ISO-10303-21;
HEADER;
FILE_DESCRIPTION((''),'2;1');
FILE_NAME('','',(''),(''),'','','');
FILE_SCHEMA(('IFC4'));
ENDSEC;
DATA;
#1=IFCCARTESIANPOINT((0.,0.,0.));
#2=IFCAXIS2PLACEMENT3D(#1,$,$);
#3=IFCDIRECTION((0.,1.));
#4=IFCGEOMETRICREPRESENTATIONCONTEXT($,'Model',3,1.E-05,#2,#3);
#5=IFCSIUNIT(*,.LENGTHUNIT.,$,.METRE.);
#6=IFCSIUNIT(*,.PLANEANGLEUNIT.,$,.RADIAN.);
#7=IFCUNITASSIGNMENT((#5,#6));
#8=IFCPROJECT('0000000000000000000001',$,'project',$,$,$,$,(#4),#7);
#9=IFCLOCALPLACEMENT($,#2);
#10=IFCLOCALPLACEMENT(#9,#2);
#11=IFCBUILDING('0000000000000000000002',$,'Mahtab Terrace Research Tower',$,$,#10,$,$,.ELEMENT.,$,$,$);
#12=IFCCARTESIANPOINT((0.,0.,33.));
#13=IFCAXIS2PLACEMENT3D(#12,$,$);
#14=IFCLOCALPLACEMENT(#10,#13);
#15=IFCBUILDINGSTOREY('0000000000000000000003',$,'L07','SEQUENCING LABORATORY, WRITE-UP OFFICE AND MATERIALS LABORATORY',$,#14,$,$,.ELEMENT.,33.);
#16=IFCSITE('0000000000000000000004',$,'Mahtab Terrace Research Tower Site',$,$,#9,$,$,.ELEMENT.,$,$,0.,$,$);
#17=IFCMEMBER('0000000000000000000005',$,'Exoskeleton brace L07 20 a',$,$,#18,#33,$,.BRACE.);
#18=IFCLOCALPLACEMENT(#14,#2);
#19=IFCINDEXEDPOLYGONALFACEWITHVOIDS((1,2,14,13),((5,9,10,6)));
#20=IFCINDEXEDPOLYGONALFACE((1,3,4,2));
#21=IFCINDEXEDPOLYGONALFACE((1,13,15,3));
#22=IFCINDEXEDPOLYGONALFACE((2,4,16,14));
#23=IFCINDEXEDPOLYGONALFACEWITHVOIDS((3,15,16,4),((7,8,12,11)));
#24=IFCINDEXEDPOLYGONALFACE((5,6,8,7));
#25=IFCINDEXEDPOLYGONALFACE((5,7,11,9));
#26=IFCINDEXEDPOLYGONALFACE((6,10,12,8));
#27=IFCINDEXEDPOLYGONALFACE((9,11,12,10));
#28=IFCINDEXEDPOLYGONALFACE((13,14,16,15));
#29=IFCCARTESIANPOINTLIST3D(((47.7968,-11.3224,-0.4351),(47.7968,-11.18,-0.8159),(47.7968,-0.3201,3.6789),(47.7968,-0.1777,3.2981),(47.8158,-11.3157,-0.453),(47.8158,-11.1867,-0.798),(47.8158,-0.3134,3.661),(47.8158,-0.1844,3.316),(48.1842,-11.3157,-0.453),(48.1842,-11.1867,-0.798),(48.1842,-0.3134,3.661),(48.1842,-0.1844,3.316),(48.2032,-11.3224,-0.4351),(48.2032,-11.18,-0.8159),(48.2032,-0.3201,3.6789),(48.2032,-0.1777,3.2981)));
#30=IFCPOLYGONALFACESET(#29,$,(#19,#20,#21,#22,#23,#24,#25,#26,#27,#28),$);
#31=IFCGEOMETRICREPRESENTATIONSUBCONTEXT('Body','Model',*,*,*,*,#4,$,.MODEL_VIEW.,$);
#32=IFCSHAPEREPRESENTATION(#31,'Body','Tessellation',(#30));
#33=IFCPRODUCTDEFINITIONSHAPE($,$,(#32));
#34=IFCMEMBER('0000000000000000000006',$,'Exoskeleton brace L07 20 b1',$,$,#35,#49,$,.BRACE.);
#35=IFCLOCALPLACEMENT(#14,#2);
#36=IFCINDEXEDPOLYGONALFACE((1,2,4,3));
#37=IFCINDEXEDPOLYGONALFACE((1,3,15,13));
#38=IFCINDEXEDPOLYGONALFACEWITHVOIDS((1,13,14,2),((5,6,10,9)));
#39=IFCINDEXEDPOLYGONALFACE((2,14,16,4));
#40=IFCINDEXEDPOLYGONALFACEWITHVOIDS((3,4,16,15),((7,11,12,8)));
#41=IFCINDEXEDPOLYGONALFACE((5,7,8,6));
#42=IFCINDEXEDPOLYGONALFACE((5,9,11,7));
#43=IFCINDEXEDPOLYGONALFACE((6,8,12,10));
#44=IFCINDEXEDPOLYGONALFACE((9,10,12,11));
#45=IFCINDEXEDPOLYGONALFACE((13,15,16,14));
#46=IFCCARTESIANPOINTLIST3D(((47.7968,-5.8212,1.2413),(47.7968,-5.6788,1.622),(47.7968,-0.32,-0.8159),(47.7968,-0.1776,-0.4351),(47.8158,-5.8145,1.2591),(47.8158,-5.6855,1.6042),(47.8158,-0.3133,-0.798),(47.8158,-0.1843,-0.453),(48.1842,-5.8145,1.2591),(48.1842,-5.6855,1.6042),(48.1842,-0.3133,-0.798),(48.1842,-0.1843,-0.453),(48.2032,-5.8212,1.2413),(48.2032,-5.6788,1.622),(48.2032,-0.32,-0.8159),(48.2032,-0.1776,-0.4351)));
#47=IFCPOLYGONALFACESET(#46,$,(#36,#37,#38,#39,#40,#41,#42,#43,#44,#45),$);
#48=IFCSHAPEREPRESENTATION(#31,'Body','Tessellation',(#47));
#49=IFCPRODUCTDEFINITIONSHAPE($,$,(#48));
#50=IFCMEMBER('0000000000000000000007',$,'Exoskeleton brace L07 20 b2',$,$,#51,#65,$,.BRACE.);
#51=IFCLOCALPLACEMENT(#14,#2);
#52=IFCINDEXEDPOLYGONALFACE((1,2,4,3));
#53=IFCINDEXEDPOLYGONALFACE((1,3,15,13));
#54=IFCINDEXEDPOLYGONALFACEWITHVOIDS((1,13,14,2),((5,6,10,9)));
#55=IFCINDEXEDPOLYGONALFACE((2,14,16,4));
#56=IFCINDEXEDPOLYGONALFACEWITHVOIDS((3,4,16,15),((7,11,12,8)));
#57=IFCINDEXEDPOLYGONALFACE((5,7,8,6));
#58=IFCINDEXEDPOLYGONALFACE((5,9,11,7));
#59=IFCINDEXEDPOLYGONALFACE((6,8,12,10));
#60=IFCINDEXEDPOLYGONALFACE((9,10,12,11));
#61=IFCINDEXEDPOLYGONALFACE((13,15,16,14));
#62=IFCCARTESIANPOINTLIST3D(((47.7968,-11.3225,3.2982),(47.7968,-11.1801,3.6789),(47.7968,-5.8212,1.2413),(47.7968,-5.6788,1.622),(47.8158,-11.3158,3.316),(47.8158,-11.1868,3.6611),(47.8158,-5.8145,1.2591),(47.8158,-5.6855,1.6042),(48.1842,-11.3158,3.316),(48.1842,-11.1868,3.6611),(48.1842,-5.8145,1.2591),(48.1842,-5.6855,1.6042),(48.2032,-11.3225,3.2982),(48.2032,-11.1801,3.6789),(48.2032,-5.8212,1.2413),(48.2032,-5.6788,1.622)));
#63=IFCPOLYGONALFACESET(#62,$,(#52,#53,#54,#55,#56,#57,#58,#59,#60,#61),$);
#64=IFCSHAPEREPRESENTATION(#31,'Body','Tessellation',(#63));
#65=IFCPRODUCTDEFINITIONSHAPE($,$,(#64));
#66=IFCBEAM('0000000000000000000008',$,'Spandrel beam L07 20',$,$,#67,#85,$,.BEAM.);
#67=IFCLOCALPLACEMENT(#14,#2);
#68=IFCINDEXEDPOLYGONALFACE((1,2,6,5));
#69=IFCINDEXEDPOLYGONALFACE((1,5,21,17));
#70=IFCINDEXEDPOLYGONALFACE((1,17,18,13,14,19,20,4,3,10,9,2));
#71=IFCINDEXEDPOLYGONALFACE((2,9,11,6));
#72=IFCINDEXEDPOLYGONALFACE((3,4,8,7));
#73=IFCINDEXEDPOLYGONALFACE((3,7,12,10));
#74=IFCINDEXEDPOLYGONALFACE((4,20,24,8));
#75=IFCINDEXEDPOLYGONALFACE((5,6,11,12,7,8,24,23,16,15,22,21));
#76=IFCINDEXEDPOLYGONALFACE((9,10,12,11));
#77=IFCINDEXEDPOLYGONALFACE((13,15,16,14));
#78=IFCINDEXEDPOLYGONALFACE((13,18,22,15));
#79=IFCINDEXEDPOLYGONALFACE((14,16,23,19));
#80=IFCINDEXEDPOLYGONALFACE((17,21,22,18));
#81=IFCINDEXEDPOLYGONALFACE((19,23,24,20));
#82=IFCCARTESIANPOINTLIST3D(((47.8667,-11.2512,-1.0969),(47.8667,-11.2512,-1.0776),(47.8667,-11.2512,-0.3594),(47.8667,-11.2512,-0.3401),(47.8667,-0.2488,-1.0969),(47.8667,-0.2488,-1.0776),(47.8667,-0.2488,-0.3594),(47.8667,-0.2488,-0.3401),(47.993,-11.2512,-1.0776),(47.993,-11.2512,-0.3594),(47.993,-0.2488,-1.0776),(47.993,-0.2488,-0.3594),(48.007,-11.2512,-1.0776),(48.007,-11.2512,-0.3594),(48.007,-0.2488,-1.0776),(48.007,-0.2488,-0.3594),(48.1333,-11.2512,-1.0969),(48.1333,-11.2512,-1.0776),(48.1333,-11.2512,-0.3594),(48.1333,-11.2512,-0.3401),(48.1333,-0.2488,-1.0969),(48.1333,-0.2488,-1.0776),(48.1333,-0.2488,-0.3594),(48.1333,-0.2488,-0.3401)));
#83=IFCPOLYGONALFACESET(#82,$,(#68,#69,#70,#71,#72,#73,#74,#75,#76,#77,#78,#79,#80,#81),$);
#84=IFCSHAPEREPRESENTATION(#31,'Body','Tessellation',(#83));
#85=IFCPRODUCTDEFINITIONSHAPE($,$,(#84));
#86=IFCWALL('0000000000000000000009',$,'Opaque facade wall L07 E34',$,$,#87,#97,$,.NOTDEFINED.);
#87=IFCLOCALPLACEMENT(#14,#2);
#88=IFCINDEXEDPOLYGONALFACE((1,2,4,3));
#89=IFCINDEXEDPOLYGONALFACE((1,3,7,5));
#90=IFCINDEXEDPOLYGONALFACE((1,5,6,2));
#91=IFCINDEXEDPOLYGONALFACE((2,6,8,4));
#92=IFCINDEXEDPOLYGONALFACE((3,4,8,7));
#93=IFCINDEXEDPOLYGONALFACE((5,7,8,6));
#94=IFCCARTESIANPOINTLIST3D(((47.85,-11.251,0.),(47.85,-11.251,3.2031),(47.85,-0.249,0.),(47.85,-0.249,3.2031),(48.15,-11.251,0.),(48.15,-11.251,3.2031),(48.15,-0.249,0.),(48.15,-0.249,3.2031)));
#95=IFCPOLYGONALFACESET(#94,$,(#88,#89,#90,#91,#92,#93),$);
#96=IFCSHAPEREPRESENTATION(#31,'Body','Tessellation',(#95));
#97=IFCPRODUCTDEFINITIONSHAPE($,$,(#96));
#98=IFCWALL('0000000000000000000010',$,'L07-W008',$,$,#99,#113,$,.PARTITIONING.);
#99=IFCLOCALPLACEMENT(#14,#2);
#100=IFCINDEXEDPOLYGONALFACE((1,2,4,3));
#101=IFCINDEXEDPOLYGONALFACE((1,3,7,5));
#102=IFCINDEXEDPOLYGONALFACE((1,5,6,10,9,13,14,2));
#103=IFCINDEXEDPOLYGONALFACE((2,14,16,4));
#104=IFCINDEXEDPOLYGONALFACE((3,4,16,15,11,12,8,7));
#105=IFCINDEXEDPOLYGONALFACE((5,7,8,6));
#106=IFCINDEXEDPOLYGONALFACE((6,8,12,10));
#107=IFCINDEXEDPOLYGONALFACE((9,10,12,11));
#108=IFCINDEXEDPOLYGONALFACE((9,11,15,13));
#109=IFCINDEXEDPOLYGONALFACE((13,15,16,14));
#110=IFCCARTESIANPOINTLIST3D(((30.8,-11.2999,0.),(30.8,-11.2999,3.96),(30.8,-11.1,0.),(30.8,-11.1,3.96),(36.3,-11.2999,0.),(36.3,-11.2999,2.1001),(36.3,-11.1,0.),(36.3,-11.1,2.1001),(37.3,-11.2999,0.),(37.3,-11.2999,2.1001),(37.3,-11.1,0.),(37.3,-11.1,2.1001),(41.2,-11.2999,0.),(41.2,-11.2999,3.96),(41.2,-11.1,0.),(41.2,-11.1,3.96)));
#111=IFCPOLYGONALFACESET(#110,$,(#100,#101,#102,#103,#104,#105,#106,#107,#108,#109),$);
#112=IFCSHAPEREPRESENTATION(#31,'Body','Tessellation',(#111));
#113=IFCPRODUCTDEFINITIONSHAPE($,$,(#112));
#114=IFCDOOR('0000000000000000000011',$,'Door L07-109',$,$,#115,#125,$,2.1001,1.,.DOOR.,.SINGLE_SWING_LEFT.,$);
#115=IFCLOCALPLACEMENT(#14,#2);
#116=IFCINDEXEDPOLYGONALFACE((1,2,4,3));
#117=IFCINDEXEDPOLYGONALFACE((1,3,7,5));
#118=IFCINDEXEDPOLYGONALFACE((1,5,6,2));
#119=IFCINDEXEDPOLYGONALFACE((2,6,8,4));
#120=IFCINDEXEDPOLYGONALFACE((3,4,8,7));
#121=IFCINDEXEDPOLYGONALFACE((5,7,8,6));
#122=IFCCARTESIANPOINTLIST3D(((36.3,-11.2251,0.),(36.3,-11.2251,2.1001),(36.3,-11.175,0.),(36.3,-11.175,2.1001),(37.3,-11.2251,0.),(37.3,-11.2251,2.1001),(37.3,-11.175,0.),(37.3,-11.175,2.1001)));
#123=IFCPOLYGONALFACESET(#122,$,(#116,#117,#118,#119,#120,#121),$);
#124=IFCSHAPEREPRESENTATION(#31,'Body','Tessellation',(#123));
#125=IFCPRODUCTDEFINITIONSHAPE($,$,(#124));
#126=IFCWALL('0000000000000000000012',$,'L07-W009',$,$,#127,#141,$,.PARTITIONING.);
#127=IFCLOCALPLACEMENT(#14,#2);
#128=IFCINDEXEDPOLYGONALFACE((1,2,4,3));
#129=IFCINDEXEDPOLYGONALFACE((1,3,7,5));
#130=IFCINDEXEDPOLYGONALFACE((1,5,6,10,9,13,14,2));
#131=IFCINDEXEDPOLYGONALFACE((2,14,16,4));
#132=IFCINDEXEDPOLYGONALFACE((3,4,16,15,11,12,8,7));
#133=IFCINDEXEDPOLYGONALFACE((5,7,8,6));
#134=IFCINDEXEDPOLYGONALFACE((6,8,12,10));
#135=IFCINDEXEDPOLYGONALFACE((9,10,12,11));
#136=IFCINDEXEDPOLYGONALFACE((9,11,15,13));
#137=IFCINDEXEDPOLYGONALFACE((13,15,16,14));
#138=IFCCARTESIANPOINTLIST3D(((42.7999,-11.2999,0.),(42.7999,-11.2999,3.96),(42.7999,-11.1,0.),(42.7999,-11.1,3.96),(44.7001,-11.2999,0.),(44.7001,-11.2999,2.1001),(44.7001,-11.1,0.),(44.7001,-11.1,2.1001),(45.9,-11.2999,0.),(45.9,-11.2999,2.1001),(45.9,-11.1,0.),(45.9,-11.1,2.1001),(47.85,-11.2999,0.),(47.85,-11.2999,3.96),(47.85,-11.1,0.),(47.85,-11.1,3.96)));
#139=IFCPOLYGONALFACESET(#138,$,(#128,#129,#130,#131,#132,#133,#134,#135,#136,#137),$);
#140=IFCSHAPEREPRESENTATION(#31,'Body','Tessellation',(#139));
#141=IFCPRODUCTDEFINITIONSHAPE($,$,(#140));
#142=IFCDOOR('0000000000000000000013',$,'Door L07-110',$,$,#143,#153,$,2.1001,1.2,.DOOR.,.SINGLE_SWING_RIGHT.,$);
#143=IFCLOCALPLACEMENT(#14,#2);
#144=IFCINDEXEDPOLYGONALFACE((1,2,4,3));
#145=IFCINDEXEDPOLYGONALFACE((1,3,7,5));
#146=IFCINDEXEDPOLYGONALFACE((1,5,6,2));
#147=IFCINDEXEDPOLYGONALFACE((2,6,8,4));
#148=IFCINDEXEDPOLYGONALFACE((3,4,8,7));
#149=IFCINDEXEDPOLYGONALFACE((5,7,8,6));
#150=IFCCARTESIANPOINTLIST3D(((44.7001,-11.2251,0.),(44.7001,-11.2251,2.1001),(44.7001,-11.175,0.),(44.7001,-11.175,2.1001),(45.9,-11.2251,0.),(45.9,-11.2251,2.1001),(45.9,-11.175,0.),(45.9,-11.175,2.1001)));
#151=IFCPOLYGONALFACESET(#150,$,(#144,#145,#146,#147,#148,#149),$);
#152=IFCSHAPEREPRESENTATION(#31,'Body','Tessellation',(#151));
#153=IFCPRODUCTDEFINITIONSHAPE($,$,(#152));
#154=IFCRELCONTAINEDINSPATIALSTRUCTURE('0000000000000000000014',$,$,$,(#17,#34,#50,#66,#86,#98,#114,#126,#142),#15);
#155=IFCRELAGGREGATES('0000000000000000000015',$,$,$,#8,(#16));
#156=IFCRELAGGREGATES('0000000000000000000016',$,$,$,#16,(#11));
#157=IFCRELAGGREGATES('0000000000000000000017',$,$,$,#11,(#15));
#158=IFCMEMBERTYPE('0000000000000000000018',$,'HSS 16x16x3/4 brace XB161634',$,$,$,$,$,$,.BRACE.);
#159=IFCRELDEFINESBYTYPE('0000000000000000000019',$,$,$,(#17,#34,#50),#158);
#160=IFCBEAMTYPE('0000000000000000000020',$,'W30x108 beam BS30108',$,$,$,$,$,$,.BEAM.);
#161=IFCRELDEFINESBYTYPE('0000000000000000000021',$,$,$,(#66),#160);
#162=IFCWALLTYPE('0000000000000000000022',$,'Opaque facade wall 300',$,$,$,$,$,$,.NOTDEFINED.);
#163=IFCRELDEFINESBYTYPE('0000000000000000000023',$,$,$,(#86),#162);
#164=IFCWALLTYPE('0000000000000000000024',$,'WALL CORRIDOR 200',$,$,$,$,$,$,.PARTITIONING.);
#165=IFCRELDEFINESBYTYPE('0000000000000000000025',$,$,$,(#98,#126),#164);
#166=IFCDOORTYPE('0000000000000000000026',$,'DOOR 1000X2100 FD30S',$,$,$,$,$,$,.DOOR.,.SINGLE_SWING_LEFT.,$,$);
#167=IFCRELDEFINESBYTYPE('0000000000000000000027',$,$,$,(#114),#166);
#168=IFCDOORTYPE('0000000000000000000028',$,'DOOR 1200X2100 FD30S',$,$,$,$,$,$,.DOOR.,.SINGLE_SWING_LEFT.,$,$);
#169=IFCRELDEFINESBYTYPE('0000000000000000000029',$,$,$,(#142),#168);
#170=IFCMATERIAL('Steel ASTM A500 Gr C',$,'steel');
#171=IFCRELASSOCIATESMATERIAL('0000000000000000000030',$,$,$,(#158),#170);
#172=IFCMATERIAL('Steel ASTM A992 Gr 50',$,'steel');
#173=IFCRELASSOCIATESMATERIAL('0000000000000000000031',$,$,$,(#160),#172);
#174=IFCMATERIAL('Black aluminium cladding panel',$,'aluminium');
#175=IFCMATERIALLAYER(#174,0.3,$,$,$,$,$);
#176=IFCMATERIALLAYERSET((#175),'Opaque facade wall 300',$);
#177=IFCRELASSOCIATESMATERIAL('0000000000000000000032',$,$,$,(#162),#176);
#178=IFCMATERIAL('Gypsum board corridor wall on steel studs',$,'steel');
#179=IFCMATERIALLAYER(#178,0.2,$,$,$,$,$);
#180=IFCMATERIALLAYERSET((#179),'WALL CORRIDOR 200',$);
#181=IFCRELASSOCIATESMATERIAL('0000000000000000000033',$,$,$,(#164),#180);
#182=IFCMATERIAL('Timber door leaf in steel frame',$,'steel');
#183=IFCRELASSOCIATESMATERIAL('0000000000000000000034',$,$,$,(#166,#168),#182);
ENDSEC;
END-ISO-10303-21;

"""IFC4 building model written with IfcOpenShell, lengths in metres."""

from ifc_helpers import new_model, si_unit, direction, frame, frame_2d, origin, origin_2d, place, context, subcontext, project, spatial, rectangle, hollow_rectangle, i_section, extrude, material, layer, layer_set, material_profile, profile_set, type_object, element, fill, save


model = new_model("IFC4")

# Units and contexts
model_context = context("Model", 3, precision=1e-05, world=origin(), true_north=direction((0.0, 1.0)))
body_context = subcontext(model_context, "Body", "Model", "MODEL_VIEW")
ifc_project = project(units=[si_unit("LENGTHUNIT", "METRE"), si_unit("PLANEANGLEUNIT", "RADIAN")], contexts=[model_context])

# Site, building, storey
site_placement = place(None, origin())
site = spatial("IfcSite", under=ifc_project, at=site_placement, Name="Mahtab Terrace Research Tower Site", CompositionType="ELEMENT", RefElevation=0.0)
building_placement = place(site_placement, origin())
building = spatial("IfcBuilding", under=site, at=building_placement, Name="Mahtab Terrace Research Tower", CompositionType="ELEMENT")
storey_placement = place(building_placement, frame((0.0, 0.0, 33.0)))
storey = spatial("IfcBuildingStorey", under=building, at=storey_placement, Name="L07", Description="SEQUENCING LABORATORY, WRITE-UP OFFICE AND MATERIALS LABORATORY", CompositionType="ELEMENT", Elevation=33.0)

# Members
ifc_material_1 = material(Name="Steel ASTM A500 Gr C", Category="steel")
ifc_material_profile_1 = material_profile(ifc_material_1, hollow_rectangle(XDim=0.4065, YDim=0.4065, WallThickness=0.019, at=origin_2d()), Name="HSS16X16X3/4")
ifc_profile_set_1 = profile_set([ifc_material_profile_1], Name="Steel ASTM A500 Gr C")
member_type = type_object("IfcMemberType", Name="HSS 16x16x3/4 brace XB161634", PredefinedType="BRACE", material=ifc_profile_set_1)
member_placement = place(storey_placement, frame((48.0, -11.2512, -0.6255), z_axis=(0.0, 0.936662, 0.350235), x_axis=(-1.0, 0.0, 0.0)))
element("IfcMember", 1, at=member_placement, inside=storey, type_object=member_type, Name="Exoskeleton brace L07 20 a", PredefinedType="BRACE", context=body_context, shape_type="SweptSolid", body=[
    extrude(hollow_rectangle(XDim=0.4065, YDim=0.4065, WallThickness=0.019, at=origin_2d()), origin(), (0.0, 0.0, 1.0), 11.7463),
])
for number, where, z_axis, x_axis, name in (
    (2, (48.0, -0.2488, -0.6255), (0.0, -0.936655, 0.350253), (1.0, 0.0, 0.0), "Exoskeleton brace L07 20 b1"),
    (3, (48.0, -5.75, 1.4316), (0.0, -0.936669, 0.350217), (1.0, 0.0, 0.0), "Exoskeleton brace L07 20 b2"),
):
    element("IfcMember", number, at=place(storey_placement, frame(where, z_axis=z_axis, x_axis=x_axis)), inside=storey, type_object=member_type, Name=name, PredefinedType="BRACE", context=body_context, shape_type="SweptSolid", body=[
        extrude(hollow_rectangle(XDim=0.4065, YDim=0.4065, WallThickness=0.019, at=origin_2d()), origin(), (0.0, 0.0, 1.0), 5.8733),
    ])

# Beam
ifc_material_2 = material(Name="Steel ASTM A992 Gr 50", Category="steel")
ifc_material_profile_2 = material_profile(ifc_material_2, i_section(OverallWidth=0.2666, OverallDepth=0.7568, WebThickness=0.0139, FlangeThickness=0.0193, at=origin_2d()), Name="W30X108")
ifc_profile_set_2 = profile_set([ifc_material_profile_2], Name="Steel ASTM A992 Gr 50")
beam_type = type_object("IfcBeamType", Name="W30x108 beam BS30108", PredefinedType="BEAM", material=ifc_profile_set_2)
beam_placement = place(storey_placement, frame((48.0, -11.2512, -0.7185), z_axis=(0.0, 1.0, 0.0), x_axis=(-1.0, 0.0, 0.0)))
element("IfcBeam", 4, at=beam_placement, inside=storey, type_object=beam_type, Name="Spandrel beam L07 20", PredefinedType="BEAM", context=body_context, shape_type="SweptSolid", body=[
    extrude(i_section(OverallWidth=0.2666, OverallDepth=0.7568, WebThickness=0.0139, FlangeThickness=0.0193, at=origin_2d()), origin(), (0.0, 0.0, 1.0), 11.0024),
])

# Wall
ifc_material_3 = material(Name="Black aluminium cladding panel", Category="aluminium")
ifc_layer_1 = layer(ifc_material_3, 0.3)
ifc_layer_set_1 = layer_set([ifc_layer_1], Name="Opaque facade wall 300")
wall_type_1 = type_object("IfcWallType", Name="Opaque facade wall 300", PredefinedType="NOTDEFINED", material=ifc_layer_set_1)
wall_1_placement = place(storey_placement, frame((48.0, -11.251, 0.0), z_axis=(0.0, 0.0, 1.0), x_axis=(0.0, 1.0, 0.0)))
element("IfcWall", 5, at=wall_1_placement, inside=storey, type_object=wall_type_1, Name="Opaque facade wall L07 E34", PredefinedType="NOTDEFINED", context=body_context, shape_type="SweptSolid", body=[
    extrude(rectangle(XDim=11.002, YDim=0.3, at=frame_2d((5.501, 0.0))), origin(), (0.0, 0.0, 1.0), 3.2031),
])

# Walls, openings, doors
ifc_material_4 = material(Name="Gypsum board corridor wall on steel studs", Category="steel")
ifc_layer_2 = layer(ifc_material_4, 0.2)
ifc_layer_set_2 = layer_set([ifc_layer_2], Name="WALL CORRIDOR 200")
wall_type_2 = type_object("IfcWallType", Name="WALL CORRIDOR 200", PredefinedType="PARTITIONING", material=ifc_layer_set_2)
wall_2_placement = place(storey_placement, frame((30.8, -11.2, 0.0), z_axis=(0.0, 0.0, 1.0), x_axis=(1.0, 0.0, 0.0)))
wall_2 = element("IfcWall", 6, at=wall_2_placement, inside=storey, type_object=wall_type_2, Name="L07-W008", PredefinedType="PARTITIONING", context=body_context, shape_type="SweptSolid", body=[
    extrude(rectangle(XDim=10.3999, YDim=0.2, at=frame_2d((5.2, 0.0))), origin(), (0.0, 0.0, 1.0), 3.96),
])
opening_1_placement = place(wall_2_placement, frame((5.5, 0.0, 0.0)))
opening_1 = element("IfcOpeningElement", 7, at=opening_1_placement, cuts=wall_2, PredefinedType="OPENING", context=body_context, shape_type="SweptSolid", body=[
    extrude(rectangle(XDim=1.0, YDim=2.1001, at=frame_2d((0.5, 1.05))), frame((0.0, 0.1099, 0.0), z_axis=(0.0, -1.0, 0.0), x_axis=(1.0, 0.0, 0.0)), (0.0, 0.0, 1.0), 0.22),
])
ifc_material_5 = material(Name="Timber door leaf in steel frame", Category="steel")
door_type_1 = type_object("IfcDoorType", Name="DOOR 1000X2100 FD30S", OperationType="SINGLE_SWING_LEFT", PredefinedType="DOOR", material=ifc_material_5)
door_1_placement = place(opening_1_placement, origin())
door_1 = element("IfcDoor", 8, at=door_1_placement, inside=storey, type_object=door_type_1, Name="Door L07-109", OperationType="SINGLE_SWING_LEFT", OverallHeight=2.1001, OverallWidth=1.0, PredefinedType="DOOR", context=body_context, shape_type="SweptSolid", body=[
    extrude(rectangle(XDim=1.0, YDim=2.1001, at=frame_2d((0.5, 1.05))), frame((0.0, 0.0249, 0.0), z_axis=(0.0, -1.0, 0.0), x_axis=(1.0, 0.0, 0.0)), (0.0, 0.0, 1.0), 0.05),
])
fill(opening_1, door_1)
wall_3_placement = place(storey_placement, frame((42.8, -11.2, 0.0), z_axis=(0.0, 0.0, 1.0), x_axis=(1.0, 0.0, 0.0)))
wall_3 = element("IfcWall", 9, at=wall_3_placement, inside=storey, type_object=wall_type_2, Name="L07-W009", PredefinedType="PARTITIONING", context=body_context, shape_type="SweptSolid", body=[
    extrude(rectangle(XDim=5.05, YDim=0.2, at=frame_2d((2.5249, 0.0))), origin(), (0.0, 0.0, 1.0), 3.96),
])
opening_2_placement = place(wall_3_placement, frame((1.8999, 0.0, 0.0)))
opening_2 = element("IfcOpeningElement", 10, at=opening_2_placement, cuts=wall_3, PredefinedType="OPENING", context=body_context, shape_type="SweptSolid", body=[
    extrude(rectangle(XDim=1.2, YDim=2.1001, at=frame_2d((0.6001, 1.05))), frame((0.0, 0.1099, 0.0), z_axis=(0.0, -1.0, 0.0), x_axis=(1.0, 0.0, 0.0)), (0.0, 0.0, 1.0), 0.22),
])
door_type_2 = type_object("IfcDoorType", Name="DOOR 1200X2100 FD30S", OperationType="SINGLE_SWING_LEFT", PredefinedType="DOOR", material=ifc_material_5)
door_2_placement = place(opening_2_placement, origin())
door_2 = element("IfcDoor", 11, at=door_2_placement, inside=storey, type_object=door_type_2, Name="Door L07-110", OperationType="SINGLE_SWING_RIGHT", OverallHeight=2.1001, OverallWidth=1.2, PredefinedType="DOOR", context=body_context, shape_type="SweptSolid", body=[
    extrude(rectangle(XDim=1.2, YDim=2.1001, at=frame_2d((0.6001, 1.05))), frame((0.0, 0.0249, 0.0), z_axis=(0.0, -1.0, 0.0), x_axis=(1.0, 0.0, 0.0)), (0.0, 0.0, 1.0), 0.05),
])
fill(opening_2, door_2)

save(model, "model.ifc")
